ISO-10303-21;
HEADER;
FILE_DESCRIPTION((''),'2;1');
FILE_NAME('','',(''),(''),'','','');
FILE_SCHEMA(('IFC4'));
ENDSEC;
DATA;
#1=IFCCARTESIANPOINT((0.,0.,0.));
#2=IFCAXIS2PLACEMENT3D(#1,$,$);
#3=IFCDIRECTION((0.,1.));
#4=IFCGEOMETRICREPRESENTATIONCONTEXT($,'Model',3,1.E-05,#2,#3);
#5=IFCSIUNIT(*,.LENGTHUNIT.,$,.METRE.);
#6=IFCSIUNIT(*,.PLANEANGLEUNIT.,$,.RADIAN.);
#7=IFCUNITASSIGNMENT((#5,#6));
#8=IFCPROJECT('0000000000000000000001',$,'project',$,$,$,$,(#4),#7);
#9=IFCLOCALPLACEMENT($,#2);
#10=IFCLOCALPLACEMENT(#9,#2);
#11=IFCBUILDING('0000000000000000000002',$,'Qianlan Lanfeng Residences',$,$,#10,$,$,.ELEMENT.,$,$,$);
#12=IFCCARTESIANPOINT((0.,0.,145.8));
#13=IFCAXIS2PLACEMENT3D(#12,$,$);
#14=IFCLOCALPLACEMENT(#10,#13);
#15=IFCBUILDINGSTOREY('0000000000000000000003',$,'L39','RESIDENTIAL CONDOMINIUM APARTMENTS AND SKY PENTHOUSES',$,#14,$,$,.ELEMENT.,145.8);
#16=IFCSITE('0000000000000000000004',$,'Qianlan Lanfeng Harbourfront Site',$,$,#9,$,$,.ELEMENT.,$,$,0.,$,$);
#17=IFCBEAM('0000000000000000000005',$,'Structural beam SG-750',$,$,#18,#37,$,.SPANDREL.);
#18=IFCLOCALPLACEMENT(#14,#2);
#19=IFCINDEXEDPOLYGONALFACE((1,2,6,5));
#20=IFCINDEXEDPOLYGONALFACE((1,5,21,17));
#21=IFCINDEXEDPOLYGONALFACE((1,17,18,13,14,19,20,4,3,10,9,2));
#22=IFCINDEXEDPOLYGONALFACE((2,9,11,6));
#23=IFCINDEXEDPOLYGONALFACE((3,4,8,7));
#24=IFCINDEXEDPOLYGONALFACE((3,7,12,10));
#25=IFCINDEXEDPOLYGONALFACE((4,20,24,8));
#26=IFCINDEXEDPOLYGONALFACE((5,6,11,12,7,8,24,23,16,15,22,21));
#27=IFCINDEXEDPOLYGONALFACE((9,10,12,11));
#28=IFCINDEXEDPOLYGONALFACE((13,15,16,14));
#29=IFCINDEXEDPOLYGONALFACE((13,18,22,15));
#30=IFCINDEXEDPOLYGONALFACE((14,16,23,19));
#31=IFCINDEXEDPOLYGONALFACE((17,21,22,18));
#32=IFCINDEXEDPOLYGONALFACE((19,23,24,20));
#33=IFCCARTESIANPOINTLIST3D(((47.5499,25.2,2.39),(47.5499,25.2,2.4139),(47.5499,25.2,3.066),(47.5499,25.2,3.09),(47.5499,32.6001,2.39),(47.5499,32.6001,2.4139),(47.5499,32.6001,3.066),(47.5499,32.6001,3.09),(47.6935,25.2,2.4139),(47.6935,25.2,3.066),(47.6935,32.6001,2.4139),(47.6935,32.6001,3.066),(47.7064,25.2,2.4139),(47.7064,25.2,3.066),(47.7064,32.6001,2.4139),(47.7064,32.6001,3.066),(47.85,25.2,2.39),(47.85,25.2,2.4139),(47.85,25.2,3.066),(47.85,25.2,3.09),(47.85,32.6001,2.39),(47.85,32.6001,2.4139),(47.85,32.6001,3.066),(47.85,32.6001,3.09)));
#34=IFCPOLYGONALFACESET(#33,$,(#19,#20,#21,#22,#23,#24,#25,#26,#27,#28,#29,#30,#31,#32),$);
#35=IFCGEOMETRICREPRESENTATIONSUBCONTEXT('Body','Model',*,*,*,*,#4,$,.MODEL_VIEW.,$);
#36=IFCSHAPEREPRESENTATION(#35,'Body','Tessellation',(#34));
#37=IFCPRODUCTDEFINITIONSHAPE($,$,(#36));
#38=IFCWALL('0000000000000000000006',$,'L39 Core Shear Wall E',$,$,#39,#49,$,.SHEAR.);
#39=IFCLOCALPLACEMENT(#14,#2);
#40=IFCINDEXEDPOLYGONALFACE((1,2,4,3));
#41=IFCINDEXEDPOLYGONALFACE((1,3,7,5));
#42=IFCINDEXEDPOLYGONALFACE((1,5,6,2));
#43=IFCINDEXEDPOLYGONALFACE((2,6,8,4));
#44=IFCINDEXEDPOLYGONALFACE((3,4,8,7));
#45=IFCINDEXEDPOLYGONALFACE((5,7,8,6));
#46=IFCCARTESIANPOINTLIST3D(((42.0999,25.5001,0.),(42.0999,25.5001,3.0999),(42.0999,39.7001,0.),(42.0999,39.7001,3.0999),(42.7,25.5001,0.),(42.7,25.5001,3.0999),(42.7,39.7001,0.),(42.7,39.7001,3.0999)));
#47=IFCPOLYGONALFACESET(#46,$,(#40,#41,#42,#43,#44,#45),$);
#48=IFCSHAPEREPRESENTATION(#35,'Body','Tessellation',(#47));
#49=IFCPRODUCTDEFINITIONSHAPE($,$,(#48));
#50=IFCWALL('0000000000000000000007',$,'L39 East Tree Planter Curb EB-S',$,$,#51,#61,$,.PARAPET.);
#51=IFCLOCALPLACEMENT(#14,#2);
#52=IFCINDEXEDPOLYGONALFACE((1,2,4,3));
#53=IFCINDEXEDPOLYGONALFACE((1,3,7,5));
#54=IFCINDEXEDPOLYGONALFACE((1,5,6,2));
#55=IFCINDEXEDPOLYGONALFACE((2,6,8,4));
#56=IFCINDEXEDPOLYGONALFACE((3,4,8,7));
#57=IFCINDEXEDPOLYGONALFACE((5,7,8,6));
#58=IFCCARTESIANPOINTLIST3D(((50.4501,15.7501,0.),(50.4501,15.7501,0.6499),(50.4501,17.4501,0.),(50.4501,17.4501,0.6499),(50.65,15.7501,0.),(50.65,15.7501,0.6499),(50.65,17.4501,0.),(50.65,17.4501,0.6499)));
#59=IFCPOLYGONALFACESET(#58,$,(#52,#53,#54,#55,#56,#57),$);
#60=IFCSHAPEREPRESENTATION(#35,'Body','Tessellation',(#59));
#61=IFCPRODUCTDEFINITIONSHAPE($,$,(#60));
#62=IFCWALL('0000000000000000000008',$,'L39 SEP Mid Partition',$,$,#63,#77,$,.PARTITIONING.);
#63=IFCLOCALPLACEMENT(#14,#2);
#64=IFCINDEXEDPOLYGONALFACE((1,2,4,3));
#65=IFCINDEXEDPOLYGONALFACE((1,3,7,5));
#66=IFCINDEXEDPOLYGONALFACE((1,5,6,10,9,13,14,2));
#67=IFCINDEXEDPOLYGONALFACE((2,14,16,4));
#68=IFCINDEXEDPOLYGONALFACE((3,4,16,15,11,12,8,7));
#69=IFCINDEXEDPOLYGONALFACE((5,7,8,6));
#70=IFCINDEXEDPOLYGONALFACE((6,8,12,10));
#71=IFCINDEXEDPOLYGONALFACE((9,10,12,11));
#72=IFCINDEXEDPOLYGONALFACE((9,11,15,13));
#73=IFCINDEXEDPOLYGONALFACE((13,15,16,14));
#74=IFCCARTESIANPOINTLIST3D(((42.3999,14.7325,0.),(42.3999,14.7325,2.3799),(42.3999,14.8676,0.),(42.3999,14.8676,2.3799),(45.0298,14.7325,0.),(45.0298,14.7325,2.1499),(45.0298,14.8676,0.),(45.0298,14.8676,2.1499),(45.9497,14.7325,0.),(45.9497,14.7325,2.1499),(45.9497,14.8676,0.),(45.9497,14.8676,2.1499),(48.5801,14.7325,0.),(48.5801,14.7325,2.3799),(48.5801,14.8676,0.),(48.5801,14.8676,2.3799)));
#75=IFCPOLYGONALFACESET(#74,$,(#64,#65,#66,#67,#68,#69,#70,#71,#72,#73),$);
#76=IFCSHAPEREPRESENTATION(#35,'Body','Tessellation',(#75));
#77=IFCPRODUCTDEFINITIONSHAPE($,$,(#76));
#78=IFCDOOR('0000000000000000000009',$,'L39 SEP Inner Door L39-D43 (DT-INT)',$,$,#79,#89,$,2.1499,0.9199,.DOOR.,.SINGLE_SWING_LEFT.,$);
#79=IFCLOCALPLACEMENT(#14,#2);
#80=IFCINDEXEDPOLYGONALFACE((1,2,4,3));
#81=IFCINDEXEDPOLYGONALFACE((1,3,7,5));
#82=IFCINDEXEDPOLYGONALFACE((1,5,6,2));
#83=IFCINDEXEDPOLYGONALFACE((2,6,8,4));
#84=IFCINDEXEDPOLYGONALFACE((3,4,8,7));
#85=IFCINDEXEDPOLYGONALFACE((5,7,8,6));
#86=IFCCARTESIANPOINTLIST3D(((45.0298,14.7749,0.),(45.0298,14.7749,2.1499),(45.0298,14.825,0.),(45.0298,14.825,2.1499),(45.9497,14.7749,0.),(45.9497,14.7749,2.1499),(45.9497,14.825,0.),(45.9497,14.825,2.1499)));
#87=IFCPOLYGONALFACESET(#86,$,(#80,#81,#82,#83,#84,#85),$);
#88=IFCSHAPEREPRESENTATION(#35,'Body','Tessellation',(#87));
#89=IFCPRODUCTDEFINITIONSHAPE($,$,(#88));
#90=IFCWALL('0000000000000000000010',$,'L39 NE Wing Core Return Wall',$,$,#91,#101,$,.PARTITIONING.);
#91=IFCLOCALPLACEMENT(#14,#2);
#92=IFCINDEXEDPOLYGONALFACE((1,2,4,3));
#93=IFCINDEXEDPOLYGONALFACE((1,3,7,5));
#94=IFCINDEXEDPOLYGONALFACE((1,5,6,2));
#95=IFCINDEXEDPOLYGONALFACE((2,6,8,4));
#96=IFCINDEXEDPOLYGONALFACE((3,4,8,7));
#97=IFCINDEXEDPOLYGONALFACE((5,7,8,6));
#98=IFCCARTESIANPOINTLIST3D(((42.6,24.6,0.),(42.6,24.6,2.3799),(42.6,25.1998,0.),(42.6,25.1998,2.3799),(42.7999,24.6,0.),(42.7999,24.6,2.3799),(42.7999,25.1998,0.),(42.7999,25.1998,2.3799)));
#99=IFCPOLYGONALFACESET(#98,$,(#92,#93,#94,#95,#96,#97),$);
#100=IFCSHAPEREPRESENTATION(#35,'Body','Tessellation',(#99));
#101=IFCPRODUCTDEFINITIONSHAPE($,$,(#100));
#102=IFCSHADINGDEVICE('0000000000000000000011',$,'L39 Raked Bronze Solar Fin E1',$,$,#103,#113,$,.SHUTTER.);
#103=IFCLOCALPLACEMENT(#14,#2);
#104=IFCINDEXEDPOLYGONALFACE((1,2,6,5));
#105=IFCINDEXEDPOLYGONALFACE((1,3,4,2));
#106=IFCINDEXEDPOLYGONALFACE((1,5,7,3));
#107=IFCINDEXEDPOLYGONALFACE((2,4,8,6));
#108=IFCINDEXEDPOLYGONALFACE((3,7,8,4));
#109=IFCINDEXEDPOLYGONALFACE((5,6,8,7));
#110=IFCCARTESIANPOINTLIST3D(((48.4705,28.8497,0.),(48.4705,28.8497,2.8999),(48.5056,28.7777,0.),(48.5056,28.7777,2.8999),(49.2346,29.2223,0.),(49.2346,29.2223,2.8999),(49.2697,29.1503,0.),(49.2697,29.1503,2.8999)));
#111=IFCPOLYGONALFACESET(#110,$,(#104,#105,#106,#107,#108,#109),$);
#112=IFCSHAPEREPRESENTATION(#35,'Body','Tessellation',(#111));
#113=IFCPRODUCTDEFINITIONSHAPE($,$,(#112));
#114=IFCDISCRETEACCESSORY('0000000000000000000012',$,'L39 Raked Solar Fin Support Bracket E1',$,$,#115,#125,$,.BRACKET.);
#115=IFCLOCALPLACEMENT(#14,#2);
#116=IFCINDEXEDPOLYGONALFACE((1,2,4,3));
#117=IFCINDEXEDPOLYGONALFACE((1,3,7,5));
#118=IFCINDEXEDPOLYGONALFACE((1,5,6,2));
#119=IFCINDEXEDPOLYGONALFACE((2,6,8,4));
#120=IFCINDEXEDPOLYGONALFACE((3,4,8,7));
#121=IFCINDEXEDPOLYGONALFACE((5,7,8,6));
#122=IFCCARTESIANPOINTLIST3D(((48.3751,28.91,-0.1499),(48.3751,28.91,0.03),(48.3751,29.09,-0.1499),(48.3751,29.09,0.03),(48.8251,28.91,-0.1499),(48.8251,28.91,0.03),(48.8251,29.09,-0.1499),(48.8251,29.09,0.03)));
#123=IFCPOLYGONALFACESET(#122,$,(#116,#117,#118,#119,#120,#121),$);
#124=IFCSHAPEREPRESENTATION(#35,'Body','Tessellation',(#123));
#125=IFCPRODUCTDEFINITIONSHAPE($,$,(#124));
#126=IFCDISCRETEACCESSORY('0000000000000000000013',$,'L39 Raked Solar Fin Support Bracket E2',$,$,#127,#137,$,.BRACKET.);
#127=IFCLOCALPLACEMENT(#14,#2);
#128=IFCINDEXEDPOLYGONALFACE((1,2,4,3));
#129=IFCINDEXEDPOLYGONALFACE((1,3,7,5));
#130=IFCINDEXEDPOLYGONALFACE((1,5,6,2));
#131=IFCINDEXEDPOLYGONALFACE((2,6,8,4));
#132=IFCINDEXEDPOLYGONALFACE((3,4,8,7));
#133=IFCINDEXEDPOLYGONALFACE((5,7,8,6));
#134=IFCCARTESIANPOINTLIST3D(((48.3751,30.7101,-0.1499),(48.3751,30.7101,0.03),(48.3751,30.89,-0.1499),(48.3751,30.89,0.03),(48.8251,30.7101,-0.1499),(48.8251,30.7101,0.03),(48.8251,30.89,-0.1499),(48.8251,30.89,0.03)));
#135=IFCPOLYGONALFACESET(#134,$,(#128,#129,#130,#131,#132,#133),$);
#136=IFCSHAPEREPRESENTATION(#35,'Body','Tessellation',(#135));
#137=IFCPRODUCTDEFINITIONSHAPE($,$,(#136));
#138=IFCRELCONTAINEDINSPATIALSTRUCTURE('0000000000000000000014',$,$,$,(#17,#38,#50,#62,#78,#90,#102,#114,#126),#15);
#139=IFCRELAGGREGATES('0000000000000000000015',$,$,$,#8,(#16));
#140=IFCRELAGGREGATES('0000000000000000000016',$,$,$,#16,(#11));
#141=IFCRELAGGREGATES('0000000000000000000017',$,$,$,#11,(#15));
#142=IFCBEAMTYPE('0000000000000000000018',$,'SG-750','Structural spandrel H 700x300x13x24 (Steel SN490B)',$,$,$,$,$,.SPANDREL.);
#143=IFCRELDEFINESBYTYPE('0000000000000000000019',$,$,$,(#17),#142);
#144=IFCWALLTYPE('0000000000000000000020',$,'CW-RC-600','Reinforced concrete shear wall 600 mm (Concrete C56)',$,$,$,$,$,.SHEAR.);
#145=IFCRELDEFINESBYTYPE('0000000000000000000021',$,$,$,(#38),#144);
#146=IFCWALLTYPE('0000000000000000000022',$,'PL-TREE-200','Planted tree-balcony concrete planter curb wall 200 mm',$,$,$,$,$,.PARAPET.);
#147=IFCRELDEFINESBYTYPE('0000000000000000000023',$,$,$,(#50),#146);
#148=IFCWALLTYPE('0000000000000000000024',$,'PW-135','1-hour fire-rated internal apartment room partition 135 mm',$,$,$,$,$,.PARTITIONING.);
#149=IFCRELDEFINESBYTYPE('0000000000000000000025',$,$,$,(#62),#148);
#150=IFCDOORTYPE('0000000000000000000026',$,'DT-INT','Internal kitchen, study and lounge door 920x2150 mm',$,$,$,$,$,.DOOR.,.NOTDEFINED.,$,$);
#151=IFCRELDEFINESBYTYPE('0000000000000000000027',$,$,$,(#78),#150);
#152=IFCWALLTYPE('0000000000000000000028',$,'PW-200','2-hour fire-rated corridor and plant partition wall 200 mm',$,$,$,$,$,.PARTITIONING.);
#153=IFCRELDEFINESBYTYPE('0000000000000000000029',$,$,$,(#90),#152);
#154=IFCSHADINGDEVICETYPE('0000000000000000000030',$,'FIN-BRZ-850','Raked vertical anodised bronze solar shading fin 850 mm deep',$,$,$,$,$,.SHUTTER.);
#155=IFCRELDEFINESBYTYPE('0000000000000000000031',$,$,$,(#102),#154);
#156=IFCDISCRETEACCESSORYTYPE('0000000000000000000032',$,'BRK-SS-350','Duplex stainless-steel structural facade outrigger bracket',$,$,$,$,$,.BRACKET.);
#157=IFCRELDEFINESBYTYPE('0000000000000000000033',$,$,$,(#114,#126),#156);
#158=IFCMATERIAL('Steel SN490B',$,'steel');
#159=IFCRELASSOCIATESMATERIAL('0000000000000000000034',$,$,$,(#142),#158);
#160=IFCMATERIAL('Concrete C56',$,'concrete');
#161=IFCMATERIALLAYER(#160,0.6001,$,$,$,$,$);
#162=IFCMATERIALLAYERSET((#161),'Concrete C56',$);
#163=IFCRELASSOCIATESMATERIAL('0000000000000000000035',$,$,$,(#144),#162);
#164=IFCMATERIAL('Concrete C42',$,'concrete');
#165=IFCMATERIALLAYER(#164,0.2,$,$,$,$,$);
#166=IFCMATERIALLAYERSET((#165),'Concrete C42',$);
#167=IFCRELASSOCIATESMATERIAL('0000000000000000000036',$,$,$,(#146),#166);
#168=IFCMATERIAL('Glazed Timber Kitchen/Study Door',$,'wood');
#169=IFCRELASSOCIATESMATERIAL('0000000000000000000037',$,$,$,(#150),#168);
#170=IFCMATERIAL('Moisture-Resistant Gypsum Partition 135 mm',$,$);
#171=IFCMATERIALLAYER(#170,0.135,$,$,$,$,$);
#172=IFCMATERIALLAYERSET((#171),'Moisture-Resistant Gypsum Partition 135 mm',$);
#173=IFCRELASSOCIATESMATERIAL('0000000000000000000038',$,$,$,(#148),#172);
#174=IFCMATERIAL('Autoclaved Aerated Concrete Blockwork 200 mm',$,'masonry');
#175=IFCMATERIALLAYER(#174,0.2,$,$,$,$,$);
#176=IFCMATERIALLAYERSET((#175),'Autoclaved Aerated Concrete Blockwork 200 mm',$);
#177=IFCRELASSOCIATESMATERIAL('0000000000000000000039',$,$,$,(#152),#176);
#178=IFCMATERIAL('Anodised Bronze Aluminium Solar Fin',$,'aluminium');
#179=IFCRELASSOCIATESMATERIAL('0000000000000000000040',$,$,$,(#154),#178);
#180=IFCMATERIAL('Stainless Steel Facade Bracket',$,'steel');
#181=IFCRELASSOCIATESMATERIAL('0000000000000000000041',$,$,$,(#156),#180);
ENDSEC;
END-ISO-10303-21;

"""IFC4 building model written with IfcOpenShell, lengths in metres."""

from ifc_helpers import new_model, si_unit, direction, frame, frame_2d, origin, origin_2d, place, context, subcontext, project, spatial, rectangle, i_section, extrude, source, transform, mapped, material, layer, layer_set, material_profile, profile_set, type_object, element, fill, save


model = new_model("IFC4")

# Units and contexts
model_context = context("Model", 3, precision=1e-05, world=origin(), true_north=direction((0.0, 1.0)))
body_context = subcontext(model_context, "Body", "Model", "MODEL_VIEW")
ifc_project = project(units=[si_unit("LENGTHUNIT", "METRE"), si_unit("PLANEANGLEUNIT", "RADIAN")], contexts=[model_context])

# Site, building, storey
site_placement = place(None, origin())
site = spatial("IfcSite", under=ifc_project, at=site_placement, Name="Qianlan Lanfeng Harbourfront Site", CompositionType="ELEMENT", RefElevation=0.0)
building_placement = place(site_placement, origin())
building = spatial("IfcBuilding", under=site, at=building_placement, Name="Qianlan Lanfeng Residences", CompositionType="ELEMENT")
storey_placement = place(building_placement, frame((0.0, 0.0, 145.8)))
storey = spatial("IfcBuildingStorey", under=building, at=storey_placement, Name="L39", Description="RESIDENTIAL CONDOMINIUM APARTMENTS AND SKY PENTHOUSES", CompositionType="ELEMENT", Elevation=145.8)

# Shared definitions
ifc_material_1 = material(Name="Steel SN490B", Category="steel")

# Beam
ifc_material_profile_1 = material_profile(ifc_material_1, i_section(OverallWidth=0.3, OverallDepth=0.7, WebThickness=0.0129, FlangeThickness=0.0239, at=origin_2d()), Name="H 700x300x13x24")
ifc_profile_set_1 = profile_set([ifc_material_profile_1], Name="Steel SN490B")
beam_type_1 = type_object("IfcBeamType", Name="SG-750", Description="Structural spandrel H 700x300x13x24 (Steel SN490B)", PredefinedType="SPANDREL", material=ifc_profile_set_1)
beam_1_placement = place(storey_placement, frame((47.7, 25.2, 2.74), z_axis=(0.0, 1.0, 0.0), x_axis=(-1.0, 0.0, 0.0)))
element("IfcBeam", 1, at=beam_1_placement, inside=storey, type_object=beam_type_1, Name="Structural beam SG-750", PredefinedType="SPANDREL", context=body_context, shape_type="SweptSolid", body=[
    extrude(i_section(OverallWidth=0.3, OverallDepth=0.7, WebThickness=0.0129, FlangeThickness=0.0239, at=origin_2d()), origin(), (0.0, 0.0, 1.0), 7.4001),
])

# Walls
ifc_material_2 = material(Name="Concrete C56", Category="concrete")
ifc_layer_1 = layer(ifc_material_2, 0.6001)
ifc_layer_set_1 = layer_set([ifc_layer_1], Name="Concrete C56")
wall_type_1 = type_object("IfcWallType", Name="CW-RC-600", Description="Reinforced concrete shear wall 600 mm (Concrete C56)", PredefinedType="SHEAR", material=ifc_layer_set_1)
wall_1_placement = place(storey_placement, frame((42.3999, 25.5, 0.0), z_axis=(0.0, 0.0, 1.0), x_axis=(0.0, 1.0, 0.0)))
element("IfcWall", 2, at=wall_1_placement, inside=storey, type_object=wall_type_1, Name="L39 Core Shear Wall E", PredefinedType="SHEAR", context=body_context, shape_type="SweptSolid", body=[
    extrude(rectangle(XDim=14.2, YDim=0.6001, at=frame_2d((7.1001, 0.0))), origin(), (0.0, 0.0, 1.0), 3.0999),
])
ifc_material_3 = material(Name="Concrete C42", Category="concrete")
ifc_layer_2 = layer(ifc_material_3, 0.2)
ifc_layer_set_2 = layer_set([ifc_layer_2], Name="Concrete C42")
wall_type_2 = type_object("IfcWallType", Name="PL-TREE-200", Description="Planted tree-balcony concrete planter curb wall 200 mm", PredefinedType="PARAPET", material=ifc_layer_set_2)
wall_2_placement = place(storey_placement, frame((50.55, 15.75, 0.0), z_axis=(0.0, 0.0, 1.0), x_axis=(0.0, 1.0, 0.0)))
element("IfcWall", 3, at=wall_2_placement, inside=storey, type_object=wall_type_2, Name="L39 East Tree Planter Curb EB-S", PredefinedType="PARAPET", context=body_context, shape_type="SweptSolid", body=[
    extrude(rectangle(XDim=1.7, YDim=0.2, at=frame_2d((0.8501, 0.0))), origin(), (0.0, 0.0, 1.0), 0.6499),
])

# Wall, opening, door
ifc_material_4 = material(Name="Glazed Timber Kitchen/Study Door", Category="wood")
door_type = type_object("IfcDoorType", Name="DT-INT", Description="Internal kitchen, study and lounge door 920x2150 mm", OperationType="NOTDEFINED", PredefinedType="DOOR", material=ifc_material_4)
ifc_material_5 = material(Name="Moisture-Resistant Gypsum Partition 135 mm")
ifc_layer_3 = layer(ifc_material_5, 0.135)
ifc_layer_set_3 = layer_set([ifc_layer_3], Name="Moisture-Resistant Gypsum Partition 135 mm")
wall_type_3 = type_object("IfcWallType", Name="PW-135", Description="1-hour fire-rated internal apartment room partition 135 mm", PredefinedType="PARTITIONING", material=ifc_layer_set_3)
wall_3_placement = place(storey_placement, frame((42.3999, 14.8, 0.0), z_axis=(0.0, 0.0, 1.0), x_axis=(1.0, 0.0, 0.0)))
wall_3 = element("IfcWall", 4, at=wall_3_placement, inside=storey, type_object=wall_type_3, Name="L39 SEP Mid Partition", PredefinedType="PARTITIONING", context=body_context, shape_type="SweptSolid", body=[
    extrude(rectangle(XDim=6.1802, YDim=0.135, at=frame_2d((3.0901, 0.0))), origin(), (0.0, 0.0, 1.0), 2.3799),
])
opening_1_placement = place(wall_3_placement, frame((2.6299, 0.0, 0.0)))
opening_1 = element("IfcOpeningElement", 5, at=opening_1_placement, cuts=wall_3, PredefinedType="OPENING", context=body_context, shape_type="SweptSolid", body=[
    extrude(rectangle(XDim=0.9199, YDim=2.1499, at=frame_2d((0.46, 1.075))), frame((0.0, 0.0776, 0.0), z_axis=(0.0, -1.0, 0.0), x_axis=(1.0, 0.0, 0.0)), (0.0, 0.0, 1.0), 0.155),
])
door_1_placement = place(opening_1_placement, origin())
door_1 = element("IfcDoor", 6, at=door_1_placement, inside=storey, type_object=door_type, Name="L39 SEP Inner Door L39-D43 (DT-INT)", OperationType="SINGLE_SWING_LEFT", OverallHeight=2.1499, OverallWidth=0.9199, PredefinedType="DOOR", context=body_context, shape_type="SweptSolid", body=[
    extrude(rectangle(XDim=0.9199, YDim=2.1499, at=frame_2d((0.46, 1.075))), frame((0.0, 0.0249, 0.0), z_axis=(0.0, -1.0, 0.0), x_axis=(1.0, 0.0, 0.0)), (0.0, 0.0, 1.0), 0.05),
])
fill(opening_1, door_1)
ifc_material_6 = material(Name="Autoclaved Aerated Concrete Blockwork 200 mm", Category="masonry")
ifc_layer_4 = layer(ifc_material_6, 0.2)
ifc_layer_set_4 = layer_set([ifc_layer_4], Name="Autoclaved Aerated Concrete Blockwork 200 mm")
wall_type_4 = type_object("IfcWallType", Name="PW-200", Description="2-hour fire-rated corridor and plant partition wall 200 mm", PredefinedType="PARTITIONING", material=ifc_layer_set_4)

# Wall
wall_4_placement = place(storey_placement, frame((42.7, 24.6001, 0.0), z_axis=(0.0, 0.0, 1.0), x_axis=(0.0, 1.0, 0.0)))
element("IfcWall", 7, at=wall_4_placement, inside=storey, type_object=wall_type_4, Name="L39 NE Wing Core Return Wall", PredefinedType="PARTITIONING", context=body_context, shape_type="SweptSolid", body=[
    extrude(rectangle(XDim=0.5999, YDim=0.2, at=frame_2d((0.2998, 0.0))), origin(), (0.0, 0.0, 1.0), 2.3799),
])

# Shading device
ifc_material_7 = material(Name="Anodised Bronze Aluminium Solar Fin", Category="aluminium")
shading_device_type = type_object("IfcShadingDeviceType", Name="FIN-BRZ-850", Description="Raked vertical anodised bronze solar shading fin 850 mm deep", PredefinedType="SHUTTER", material=ifc_material_7)
shared_shape_1 = source(origin(), body_context, "Body", "SweptSolid", [
    extrude(rectangle(XDim=0.8501, YDim=0.0801, at=origin_2d()), origin(), (0.0, 0.0, 1.0), 2.8999),
])
shading_device_placement = place(storey_placement, frame((48.8701, 29.0, 0.0), z_axis=(0.0, 0.0, 1.0), x_axis=(0.898794, 0.438371, 0.0)))
element("IfcShadingDevice", 8, at=shading_device_placement, inside=storey, type_object=shading_device_type, Name="L39 Raked Bronze Solar Fin E1", PredefinedType="SHUTTER", context=body_context, shape_type="MappedRepresentation", body=[
    mapped(shared_shape_1, transform((0.0, 0.0, 0.0), scale=1.0)),
])

# Discrete accessories
ifc_material_8 = material(Name="Stainless Steel Facade Bracket", Category="steel")
discrete_accessory_type = type_object("IfcDiscreteAccessoryType", Name="BRK-SS-350", Description="Duplex stainless-steel structural facade outrigger bracket", PredefinedType="BRACKET", material=ifc_material_8)
shared_shape_2 = source(origin(), body_context, "Body", "SweptSolid", [
    extrude(rectangle(XDim=0.45, YDim=0.1799, at=origin_2d()), origin(), (0.0, 0.0, 1.0), 0.1799),
])
for number, where, z_axis, x_axis, name in (
    (9, (48.6001, 29.0, -0.1499), (0.0, 0.0, 1.0), (1.0, 0.0, 0.0), "L39 Raked Solar Fin Support Bracket E1"),
    (10, (48.6001, 30.8, -0.1499), (0.0, 0.0, 1.0), (1.0, 0.0, 0.0), "L39 Raked Solar Fin Support Bracket E2"),
):
    element("IfcDiscreteAccessory", number, at=place(storey_placement, frame(where, z_axis=z_axis, x_axis=x_axis)), inside=storey, type_object=discrete_accessory_type, Name=name, PredefinedType="BRACKET", context=body_context, shape_type="MappedRepresentation", body=[
        mapped(shared_shape_2, transform((0.0, 0.0, 0.0), scale=1.0)),
    ])

save(model, "model.ifc")
